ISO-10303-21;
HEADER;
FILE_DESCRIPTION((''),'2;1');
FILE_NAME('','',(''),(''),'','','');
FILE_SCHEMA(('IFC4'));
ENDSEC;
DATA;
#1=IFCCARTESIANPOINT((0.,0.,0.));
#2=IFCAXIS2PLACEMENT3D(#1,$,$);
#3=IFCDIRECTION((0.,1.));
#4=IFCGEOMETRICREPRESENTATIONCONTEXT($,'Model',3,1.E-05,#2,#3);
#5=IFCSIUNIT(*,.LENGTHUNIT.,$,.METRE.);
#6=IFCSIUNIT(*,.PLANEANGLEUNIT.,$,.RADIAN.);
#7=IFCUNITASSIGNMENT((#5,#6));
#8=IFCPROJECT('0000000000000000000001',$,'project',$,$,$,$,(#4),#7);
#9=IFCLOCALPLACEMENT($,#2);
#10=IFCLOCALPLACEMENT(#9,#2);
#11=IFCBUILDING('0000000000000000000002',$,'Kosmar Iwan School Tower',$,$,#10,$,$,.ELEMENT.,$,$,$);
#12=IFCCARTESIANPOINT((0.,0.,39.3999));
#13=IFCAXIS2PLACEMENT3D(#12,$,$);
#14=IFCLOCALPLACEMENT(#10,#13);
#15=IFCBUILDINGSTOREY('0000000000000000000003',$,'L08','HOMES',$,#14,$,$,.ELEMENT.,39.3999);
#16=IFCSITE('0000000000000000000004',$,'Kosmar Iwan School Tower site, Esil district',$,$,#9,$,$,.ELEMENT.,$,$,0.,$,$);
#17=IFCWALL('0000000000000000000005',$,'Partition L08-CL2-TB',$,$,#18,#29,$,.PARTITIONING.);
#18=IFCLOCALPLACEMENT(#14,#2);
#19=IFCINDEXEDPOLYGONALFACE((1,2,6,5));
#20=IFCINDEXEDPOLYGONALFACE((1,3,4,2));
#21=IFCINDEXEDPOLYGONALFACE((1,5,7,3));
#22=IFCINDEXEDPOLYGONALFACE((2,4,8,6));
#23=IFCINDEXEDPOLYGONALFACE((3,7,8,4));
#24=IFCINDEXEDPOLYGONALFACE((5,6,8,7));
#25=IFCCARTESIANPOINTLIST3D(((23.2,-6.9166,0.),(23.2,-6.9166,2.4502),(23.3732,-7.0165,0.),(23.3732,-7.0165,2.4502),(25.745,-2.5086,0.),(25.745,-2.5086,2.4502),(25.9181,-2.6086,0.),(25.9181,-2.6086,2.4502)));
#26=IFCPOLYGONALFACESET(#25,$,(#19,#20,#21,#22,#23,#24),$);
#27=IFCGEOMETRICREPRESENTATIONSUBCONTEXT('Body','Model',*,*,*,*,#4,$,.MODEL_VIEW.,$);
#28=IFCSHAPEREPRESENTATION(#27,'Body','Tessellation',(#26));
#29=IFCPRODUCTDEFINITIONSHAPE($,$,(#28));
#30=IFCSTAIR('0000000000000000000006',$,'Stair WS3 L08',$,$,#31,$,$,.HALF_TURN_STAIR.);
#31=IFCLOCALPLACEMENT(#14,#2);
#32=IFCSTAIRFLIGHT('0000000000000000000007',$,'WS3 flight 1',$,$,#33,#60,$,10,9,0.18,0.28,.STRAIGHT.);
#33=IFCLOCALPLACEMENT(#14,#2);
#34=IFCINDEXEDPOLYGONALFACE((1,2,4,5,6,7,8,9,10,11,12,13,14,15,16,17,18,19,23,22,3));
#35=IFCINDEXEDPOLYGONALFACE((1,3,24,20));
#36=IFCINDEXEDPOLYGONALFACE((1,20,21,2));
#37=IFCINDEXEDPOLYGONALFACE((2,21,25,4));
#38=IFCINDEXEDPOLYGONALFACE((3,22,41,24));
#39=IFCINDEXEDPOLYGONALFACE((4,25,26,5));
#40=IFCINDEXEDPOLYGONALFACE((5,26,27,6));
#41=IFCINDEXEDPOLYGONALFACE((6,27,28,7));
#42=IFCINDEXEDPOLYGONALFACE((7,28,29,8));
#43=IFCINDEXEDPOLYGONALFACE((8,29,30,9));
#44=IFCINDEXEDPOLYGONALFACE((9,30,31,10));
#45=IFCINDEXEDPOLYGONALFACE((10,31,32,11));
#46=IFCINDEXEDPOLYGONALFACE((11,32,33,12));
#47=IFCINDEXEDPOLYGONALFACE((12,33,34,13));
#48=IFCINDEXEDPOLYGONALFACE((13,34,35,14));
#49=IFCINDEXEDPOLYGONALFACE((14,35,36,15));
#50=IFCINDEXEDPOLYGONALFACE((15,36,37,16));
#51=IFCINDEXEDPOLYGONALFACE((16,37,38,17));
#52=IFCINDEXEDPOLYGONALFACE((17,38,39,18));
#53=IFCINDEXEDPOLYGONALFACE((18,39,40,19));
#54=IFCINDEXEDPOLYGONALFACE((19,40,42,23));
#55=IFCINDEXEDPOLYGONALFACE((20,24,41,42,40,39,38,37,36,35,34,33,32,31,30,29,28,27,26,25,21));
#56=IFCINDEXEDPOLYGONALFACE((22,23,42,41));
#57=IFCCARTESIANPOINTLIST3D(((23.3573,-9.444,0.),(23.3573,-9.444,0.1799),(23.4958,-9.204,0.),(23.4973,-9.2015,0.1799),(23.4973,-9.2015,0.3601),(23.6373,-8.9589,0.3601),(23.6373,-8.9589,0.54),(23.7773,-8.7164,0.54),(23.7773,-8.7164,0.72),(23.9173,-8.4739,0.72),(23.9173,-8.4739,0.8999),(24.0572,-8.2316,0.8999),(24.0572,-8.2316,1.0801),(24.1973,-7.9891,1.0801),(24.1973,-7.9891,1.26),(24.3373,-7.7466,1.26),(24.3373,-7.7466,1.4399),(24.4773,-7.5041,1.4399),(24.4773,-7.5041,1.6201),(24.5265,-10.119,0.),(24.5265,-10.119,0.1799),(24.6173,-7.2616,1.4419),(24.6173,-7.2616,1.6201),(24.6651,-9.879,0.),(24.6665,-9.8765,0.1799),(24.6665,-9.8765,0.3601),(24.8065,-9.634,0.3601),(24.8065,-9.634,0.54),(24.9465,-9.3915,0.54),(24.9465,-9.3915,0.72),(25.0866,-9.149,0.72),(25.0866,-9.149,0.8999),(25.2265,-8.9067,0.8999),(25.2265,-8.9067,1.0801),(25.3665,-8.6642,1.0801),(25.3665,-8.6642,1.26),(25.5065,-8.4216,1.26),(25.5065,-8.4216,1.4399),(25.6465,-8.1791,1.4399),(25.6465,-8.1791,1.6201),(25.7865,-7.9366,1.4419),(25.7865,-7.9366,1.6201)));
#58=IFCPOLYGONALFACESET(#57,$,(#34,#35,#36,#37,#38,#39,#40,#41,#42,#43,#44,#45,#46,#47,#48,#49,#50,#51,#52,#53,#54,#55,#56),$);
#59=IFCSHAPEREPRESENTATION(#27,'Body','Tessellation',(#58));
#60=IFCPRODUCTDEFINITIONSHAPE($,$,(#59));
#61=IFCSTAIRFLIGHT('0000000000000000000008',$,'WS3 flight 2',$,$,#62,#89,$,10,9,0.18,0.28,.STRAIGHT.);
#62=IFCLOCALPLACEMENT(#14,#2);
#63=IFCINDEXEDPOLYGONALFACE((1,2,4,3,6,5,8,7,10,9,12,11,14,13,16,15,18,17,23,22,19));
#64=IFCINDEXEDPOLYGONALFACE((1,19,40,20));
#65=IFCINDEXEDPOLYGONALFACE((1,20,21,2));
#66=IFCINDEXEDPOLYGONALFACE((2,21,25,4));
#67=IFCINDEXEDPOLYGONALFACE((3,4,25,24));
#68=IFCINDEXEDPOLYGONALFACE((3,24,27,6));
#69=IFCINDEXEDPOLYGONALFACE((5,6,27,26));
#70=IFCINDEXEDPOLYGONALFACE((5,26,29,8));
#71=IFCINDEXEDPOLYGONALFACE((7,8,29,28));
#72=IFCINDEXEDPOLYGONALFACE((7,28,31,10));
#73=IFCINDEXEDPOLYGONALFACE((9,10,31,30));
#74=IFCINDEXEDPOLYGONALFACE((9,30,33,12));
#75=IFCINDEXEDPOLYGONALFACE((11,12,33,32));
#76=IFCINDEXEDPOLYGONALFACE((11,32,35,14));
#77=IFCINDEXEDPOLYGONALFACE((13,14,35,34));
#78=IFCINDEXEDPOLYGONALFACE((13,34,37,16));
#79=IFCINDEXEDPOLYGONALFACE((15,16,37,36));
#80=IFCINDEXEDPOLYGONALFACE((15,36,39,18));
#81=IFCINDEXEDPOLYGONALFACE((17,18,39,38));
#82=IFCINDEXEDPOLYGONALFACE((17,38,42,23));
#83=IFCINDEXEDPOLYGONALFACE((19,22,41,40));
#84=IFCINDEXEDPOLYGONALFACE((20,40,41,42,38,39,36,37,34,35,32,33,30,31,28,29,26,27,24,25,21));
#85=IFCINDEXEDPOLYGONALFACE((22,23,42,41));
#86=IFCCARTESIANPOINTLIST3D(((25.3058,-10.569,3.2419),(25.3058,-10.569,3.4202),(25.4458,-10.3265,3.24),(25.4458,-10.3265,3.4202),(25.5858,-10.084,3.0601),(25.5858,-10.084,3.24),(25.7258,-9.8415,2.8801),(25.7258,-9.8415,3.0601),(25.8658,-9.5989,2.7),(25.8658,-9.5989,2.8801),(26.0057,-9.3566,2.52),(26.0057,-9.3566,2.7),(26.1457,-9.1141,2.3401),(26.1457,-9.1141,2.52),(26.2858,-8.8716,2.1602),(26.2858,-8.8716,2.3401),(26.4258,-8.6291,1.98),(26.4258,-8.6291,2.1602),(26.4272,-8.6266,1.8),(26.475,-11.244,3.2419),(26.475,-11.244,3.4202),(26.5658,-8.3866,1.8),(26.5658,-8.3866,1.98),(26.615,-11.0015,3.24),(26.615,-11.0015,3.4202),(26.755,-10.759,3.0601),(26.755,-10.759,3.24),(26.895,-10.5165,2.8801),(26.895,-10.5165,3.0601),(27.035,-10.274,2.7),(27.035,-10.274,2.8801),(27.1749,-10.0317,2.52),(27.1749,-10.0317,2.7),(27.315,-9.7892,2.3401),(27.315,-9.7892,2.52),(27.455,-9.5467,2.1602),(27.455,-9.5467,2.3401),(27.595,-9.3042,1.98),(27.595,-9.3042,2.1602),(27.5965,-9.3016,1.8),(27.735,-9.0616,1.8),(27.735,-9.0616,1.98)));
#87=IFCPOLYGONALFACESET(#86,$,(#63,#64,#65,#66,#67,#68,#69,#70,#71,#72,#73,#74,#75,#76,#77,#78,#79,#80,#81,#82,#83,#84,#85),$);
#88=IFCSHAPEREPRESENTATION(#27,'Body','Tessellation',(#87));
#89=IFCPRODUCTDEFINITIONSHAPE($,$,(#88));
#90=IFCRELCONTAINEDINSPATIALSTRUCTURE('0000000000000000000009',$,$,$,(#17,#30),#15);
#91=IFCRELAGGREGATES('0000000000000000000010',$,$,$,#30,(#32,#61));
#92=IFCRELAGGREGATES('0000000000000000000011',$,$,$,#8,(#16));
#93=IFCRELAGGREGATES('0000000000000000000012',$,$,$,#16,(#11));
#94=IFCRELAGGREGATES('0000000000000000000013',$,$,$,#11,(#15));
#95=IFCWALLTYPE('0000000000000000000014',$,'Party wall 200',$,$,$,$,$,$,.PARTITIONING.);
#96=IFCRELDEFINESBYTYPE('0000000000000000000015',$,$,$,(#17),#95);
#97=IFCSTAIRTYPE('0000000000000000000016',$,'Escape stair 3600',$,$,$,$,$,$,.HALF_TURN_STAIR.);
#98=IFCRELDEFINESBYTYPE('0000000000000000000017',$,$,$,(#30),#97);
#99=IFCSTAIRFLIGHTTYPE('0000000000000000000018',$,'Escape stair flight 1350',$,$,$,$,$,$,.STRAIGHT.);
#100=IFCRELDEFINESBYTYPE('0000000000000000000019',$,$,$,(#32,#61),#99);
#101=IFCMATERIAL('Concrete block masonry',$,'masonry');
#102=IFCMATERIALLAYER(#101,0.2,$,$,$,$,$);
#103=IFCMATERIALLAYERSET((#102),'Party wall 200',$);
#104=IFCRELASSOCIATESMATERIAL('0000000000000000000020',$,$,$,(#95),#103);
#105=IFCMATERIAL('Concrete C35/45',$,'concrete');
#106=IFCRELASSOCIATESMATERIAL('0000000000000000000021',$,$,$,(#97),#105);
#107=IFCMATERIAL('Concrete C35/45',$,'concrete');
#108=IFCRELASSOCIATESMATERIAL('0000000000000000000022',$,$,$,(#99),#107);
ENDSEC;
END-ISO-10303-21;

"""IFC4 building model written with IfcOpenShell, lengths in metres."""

from ifc_helpers import new_model, si_unit, direction, frame, frame_2d, origin, place, context, subcontext, project, spatial, polyline, rectangle, outline, extrude, material, layer, layer_set, type_object, element, aggregate, save


model = new_model("IFC4")

# Units and contexts
model_context = context("Model", 3, precision=1e-05, world=origin(), true_north=direction((0.0, 1.0)))
body_context = subcontext(model_context, "Body", "Model", "MODEL_VIEW")
ifc_project = project(units=[si_unit("LENGTHUNIT", "METRE"), si_unit("PLANEANGLEUNIT", "RADIAN")], contexts=[model_context])

# Site, building, storey
site_placement = place(None, origin())
site = spatial("IfcSite", under=ifc_project, at=site_placement, Name="Kosmar Iwan School Tower site, Esil district", CompositionType="ELEMENT", RefElevation=0.0)
building_placement = place(site_placement, origin())
building = spatial("IfcBuilding", under=site, at=building_placement, Name="Kosmar Iwan School Tower", CompositionType="ELEMENT")
storey_placement = place(building_placement, frame((0.0, 0.0, 39.3999)))
storey = spatial("IfcBuildingStorey", under=building, at=storey_placement, Name="L08", Description="HOMES", CompositionType="ELEMENT", Elevation=39.3999)

# Wall
ifc_material_1 = material(Name="Concrete block masonry", Category="masonry")
ifc_layer_1 = layer(ifc_material_1, 0.2)
ifc_layer_set_1 = layer_set([ifc_layer_1], Name="Party wall 200")
wall_type_1 = type_object("IfcWallType", Name="Party wall 200", PredefinedType="PARTITIONING", material=ifc_layer_set_1)
wall_1_placement = place(storey_placement, frame((23.2866, -6.9666, 0.0), z_axis=(0.0, 0.0, 1.0), x_axis=(0.499998, 0.866027, 0.0)))
element("IfcWall", 1, at=wall_1_placement, inside=storey, type_object=wall_type_1, Name="Partition L08-CL2-TB", PredefinedType="PARTITIONING", context=body_context, shape_type="SweptSolid", body=[
    extrude(rectangle(XDim=5.0898, YDim=0.2, at=frame_2d((2.5449, 0.0))), origin(), (0.0, 0.0, 1.0), 2.4502),
])

# Stair, stair flights
ifc_material_2 = material(Name="Concrete C35/45", Category="concrete")
stair_type = type_object("IfcStairType", Name="Escape stair 3600", PredefinedType="HALF_TURN_STAIR", material=ifc_material_2)
stair_placement = place(storey_placement, origin())
stair = element("IfcStair", 2, at=stair_placement, inside=storey, type_object=stair_type, Name="Stair WS3 L08", PredefinedType="HALF_TURN_STAIR")
ifc_material_3 = material(Name="Concrete C35/45", Category="concrete")
stair_flight_type = type_object("IfcStairFlightType", Name="Escape stair flight 1350", PredefinedType="STRAIGHT", material=ifc_material_3)
stair_flight_1_placement = place(storey_placement, frame((23.9419, -9.7815, 0.0), z_axis=(0.0, 0.0, 1.0), x_axis=(0.5, 0.866025, 0.0)))
stair_flight_1 = element("IfcStairFlight", 3, at=stair_flight_1_placement, type_object=stair_flight_type, Name="WS3 flight 1", NumberOfRisers=10, NumberOfTreads=9, PredefinedType="STRAIGHT", RiserHeight=0.18, TreadLength=0.28, context=body_context, shape_type="SweptSolid", body=[
    extrude(outline(polyline([(0.0, 0.0), (0.0, 0.1799), (0.28, 0.1799), (0.28, 0.3601), (0.5601, 0.3601), (0.5601, 0.54), (0.8401, 0.54), (0.8401, 0.72), (1.1201, 0.72), (1.1201, 0.8999), (1.3999, 0.8999), (1.3999, 1.0801), (1.6799, 1.0801), (1.6799, 1.26), (1.96, 1.26), (1.96, 1.4399), (2.24, 1.4399), (2.24, 1.6201), (2.52, 1.6201), (2.52, 1.8), (2.52, 1.4419), (0.2771, 0.0), (0.0, 0.0)])), frame((0.0, 0.675, 0.0), z_axis=(0.0, -1.0, 0.0), x_axis=(1.0, 0.0, 0.0)), (0.0, 0.0, 1.0), 1.3501),
])
stair_flight_2_placement = place(storey_placement, frame((27.1504, -8.7241, 1.8), z_axis=(0.0, 0.0, 1.0), x_axis=(-0.5, -0.866025, 0.0)))
stair_flight_2 = element("IfcStairFlight", 4, at=stair_flight_2_placement, type_object=stair_flight_type, Name="WS3 flight 2", NumberOfRisers=10, NumberOfTreads=9, PredefinedType="STRAIGHT", RiserHeight=0.18, TreadLength=0.28, context=body_context, shape_type="SweptSolid", body=[
    extrude(outline(polyline([(0.0, 0.0), (0.0, 0.1799), (0.28, 0.1799), (0.28, 0.3601), (0.5601, 0.3601), (0.5601, 0.54), (0.8401, 0.54), (0.8401, 0.72), (1.1201, 0.72), (1.1201, 0.8999), (1.3999, 0.8999), (1.3999, 1.0801), (1.6799, 1.0801), (1.6799, 1.26), (1.96, 1.26), (1.96, 1.4399), (2.24, 1.4399), (2.24, 1.6201), (2.52, 1.6201), (2.52, 1.8), (2.52, 1.4419), (0.2771, 0.0), (0.0, 0.0)])), frame((0.0, 0.675, 0.0), z_axis=(0.0, -1.0, 0.0), x_axis=(1.0, 0.0, 0.0)), (0.0, 0.0, 1.0), 1.3501),
])
aggregate(stair, [stair_flight_1, stair_flight_2])

save(model, "model.ifc")
